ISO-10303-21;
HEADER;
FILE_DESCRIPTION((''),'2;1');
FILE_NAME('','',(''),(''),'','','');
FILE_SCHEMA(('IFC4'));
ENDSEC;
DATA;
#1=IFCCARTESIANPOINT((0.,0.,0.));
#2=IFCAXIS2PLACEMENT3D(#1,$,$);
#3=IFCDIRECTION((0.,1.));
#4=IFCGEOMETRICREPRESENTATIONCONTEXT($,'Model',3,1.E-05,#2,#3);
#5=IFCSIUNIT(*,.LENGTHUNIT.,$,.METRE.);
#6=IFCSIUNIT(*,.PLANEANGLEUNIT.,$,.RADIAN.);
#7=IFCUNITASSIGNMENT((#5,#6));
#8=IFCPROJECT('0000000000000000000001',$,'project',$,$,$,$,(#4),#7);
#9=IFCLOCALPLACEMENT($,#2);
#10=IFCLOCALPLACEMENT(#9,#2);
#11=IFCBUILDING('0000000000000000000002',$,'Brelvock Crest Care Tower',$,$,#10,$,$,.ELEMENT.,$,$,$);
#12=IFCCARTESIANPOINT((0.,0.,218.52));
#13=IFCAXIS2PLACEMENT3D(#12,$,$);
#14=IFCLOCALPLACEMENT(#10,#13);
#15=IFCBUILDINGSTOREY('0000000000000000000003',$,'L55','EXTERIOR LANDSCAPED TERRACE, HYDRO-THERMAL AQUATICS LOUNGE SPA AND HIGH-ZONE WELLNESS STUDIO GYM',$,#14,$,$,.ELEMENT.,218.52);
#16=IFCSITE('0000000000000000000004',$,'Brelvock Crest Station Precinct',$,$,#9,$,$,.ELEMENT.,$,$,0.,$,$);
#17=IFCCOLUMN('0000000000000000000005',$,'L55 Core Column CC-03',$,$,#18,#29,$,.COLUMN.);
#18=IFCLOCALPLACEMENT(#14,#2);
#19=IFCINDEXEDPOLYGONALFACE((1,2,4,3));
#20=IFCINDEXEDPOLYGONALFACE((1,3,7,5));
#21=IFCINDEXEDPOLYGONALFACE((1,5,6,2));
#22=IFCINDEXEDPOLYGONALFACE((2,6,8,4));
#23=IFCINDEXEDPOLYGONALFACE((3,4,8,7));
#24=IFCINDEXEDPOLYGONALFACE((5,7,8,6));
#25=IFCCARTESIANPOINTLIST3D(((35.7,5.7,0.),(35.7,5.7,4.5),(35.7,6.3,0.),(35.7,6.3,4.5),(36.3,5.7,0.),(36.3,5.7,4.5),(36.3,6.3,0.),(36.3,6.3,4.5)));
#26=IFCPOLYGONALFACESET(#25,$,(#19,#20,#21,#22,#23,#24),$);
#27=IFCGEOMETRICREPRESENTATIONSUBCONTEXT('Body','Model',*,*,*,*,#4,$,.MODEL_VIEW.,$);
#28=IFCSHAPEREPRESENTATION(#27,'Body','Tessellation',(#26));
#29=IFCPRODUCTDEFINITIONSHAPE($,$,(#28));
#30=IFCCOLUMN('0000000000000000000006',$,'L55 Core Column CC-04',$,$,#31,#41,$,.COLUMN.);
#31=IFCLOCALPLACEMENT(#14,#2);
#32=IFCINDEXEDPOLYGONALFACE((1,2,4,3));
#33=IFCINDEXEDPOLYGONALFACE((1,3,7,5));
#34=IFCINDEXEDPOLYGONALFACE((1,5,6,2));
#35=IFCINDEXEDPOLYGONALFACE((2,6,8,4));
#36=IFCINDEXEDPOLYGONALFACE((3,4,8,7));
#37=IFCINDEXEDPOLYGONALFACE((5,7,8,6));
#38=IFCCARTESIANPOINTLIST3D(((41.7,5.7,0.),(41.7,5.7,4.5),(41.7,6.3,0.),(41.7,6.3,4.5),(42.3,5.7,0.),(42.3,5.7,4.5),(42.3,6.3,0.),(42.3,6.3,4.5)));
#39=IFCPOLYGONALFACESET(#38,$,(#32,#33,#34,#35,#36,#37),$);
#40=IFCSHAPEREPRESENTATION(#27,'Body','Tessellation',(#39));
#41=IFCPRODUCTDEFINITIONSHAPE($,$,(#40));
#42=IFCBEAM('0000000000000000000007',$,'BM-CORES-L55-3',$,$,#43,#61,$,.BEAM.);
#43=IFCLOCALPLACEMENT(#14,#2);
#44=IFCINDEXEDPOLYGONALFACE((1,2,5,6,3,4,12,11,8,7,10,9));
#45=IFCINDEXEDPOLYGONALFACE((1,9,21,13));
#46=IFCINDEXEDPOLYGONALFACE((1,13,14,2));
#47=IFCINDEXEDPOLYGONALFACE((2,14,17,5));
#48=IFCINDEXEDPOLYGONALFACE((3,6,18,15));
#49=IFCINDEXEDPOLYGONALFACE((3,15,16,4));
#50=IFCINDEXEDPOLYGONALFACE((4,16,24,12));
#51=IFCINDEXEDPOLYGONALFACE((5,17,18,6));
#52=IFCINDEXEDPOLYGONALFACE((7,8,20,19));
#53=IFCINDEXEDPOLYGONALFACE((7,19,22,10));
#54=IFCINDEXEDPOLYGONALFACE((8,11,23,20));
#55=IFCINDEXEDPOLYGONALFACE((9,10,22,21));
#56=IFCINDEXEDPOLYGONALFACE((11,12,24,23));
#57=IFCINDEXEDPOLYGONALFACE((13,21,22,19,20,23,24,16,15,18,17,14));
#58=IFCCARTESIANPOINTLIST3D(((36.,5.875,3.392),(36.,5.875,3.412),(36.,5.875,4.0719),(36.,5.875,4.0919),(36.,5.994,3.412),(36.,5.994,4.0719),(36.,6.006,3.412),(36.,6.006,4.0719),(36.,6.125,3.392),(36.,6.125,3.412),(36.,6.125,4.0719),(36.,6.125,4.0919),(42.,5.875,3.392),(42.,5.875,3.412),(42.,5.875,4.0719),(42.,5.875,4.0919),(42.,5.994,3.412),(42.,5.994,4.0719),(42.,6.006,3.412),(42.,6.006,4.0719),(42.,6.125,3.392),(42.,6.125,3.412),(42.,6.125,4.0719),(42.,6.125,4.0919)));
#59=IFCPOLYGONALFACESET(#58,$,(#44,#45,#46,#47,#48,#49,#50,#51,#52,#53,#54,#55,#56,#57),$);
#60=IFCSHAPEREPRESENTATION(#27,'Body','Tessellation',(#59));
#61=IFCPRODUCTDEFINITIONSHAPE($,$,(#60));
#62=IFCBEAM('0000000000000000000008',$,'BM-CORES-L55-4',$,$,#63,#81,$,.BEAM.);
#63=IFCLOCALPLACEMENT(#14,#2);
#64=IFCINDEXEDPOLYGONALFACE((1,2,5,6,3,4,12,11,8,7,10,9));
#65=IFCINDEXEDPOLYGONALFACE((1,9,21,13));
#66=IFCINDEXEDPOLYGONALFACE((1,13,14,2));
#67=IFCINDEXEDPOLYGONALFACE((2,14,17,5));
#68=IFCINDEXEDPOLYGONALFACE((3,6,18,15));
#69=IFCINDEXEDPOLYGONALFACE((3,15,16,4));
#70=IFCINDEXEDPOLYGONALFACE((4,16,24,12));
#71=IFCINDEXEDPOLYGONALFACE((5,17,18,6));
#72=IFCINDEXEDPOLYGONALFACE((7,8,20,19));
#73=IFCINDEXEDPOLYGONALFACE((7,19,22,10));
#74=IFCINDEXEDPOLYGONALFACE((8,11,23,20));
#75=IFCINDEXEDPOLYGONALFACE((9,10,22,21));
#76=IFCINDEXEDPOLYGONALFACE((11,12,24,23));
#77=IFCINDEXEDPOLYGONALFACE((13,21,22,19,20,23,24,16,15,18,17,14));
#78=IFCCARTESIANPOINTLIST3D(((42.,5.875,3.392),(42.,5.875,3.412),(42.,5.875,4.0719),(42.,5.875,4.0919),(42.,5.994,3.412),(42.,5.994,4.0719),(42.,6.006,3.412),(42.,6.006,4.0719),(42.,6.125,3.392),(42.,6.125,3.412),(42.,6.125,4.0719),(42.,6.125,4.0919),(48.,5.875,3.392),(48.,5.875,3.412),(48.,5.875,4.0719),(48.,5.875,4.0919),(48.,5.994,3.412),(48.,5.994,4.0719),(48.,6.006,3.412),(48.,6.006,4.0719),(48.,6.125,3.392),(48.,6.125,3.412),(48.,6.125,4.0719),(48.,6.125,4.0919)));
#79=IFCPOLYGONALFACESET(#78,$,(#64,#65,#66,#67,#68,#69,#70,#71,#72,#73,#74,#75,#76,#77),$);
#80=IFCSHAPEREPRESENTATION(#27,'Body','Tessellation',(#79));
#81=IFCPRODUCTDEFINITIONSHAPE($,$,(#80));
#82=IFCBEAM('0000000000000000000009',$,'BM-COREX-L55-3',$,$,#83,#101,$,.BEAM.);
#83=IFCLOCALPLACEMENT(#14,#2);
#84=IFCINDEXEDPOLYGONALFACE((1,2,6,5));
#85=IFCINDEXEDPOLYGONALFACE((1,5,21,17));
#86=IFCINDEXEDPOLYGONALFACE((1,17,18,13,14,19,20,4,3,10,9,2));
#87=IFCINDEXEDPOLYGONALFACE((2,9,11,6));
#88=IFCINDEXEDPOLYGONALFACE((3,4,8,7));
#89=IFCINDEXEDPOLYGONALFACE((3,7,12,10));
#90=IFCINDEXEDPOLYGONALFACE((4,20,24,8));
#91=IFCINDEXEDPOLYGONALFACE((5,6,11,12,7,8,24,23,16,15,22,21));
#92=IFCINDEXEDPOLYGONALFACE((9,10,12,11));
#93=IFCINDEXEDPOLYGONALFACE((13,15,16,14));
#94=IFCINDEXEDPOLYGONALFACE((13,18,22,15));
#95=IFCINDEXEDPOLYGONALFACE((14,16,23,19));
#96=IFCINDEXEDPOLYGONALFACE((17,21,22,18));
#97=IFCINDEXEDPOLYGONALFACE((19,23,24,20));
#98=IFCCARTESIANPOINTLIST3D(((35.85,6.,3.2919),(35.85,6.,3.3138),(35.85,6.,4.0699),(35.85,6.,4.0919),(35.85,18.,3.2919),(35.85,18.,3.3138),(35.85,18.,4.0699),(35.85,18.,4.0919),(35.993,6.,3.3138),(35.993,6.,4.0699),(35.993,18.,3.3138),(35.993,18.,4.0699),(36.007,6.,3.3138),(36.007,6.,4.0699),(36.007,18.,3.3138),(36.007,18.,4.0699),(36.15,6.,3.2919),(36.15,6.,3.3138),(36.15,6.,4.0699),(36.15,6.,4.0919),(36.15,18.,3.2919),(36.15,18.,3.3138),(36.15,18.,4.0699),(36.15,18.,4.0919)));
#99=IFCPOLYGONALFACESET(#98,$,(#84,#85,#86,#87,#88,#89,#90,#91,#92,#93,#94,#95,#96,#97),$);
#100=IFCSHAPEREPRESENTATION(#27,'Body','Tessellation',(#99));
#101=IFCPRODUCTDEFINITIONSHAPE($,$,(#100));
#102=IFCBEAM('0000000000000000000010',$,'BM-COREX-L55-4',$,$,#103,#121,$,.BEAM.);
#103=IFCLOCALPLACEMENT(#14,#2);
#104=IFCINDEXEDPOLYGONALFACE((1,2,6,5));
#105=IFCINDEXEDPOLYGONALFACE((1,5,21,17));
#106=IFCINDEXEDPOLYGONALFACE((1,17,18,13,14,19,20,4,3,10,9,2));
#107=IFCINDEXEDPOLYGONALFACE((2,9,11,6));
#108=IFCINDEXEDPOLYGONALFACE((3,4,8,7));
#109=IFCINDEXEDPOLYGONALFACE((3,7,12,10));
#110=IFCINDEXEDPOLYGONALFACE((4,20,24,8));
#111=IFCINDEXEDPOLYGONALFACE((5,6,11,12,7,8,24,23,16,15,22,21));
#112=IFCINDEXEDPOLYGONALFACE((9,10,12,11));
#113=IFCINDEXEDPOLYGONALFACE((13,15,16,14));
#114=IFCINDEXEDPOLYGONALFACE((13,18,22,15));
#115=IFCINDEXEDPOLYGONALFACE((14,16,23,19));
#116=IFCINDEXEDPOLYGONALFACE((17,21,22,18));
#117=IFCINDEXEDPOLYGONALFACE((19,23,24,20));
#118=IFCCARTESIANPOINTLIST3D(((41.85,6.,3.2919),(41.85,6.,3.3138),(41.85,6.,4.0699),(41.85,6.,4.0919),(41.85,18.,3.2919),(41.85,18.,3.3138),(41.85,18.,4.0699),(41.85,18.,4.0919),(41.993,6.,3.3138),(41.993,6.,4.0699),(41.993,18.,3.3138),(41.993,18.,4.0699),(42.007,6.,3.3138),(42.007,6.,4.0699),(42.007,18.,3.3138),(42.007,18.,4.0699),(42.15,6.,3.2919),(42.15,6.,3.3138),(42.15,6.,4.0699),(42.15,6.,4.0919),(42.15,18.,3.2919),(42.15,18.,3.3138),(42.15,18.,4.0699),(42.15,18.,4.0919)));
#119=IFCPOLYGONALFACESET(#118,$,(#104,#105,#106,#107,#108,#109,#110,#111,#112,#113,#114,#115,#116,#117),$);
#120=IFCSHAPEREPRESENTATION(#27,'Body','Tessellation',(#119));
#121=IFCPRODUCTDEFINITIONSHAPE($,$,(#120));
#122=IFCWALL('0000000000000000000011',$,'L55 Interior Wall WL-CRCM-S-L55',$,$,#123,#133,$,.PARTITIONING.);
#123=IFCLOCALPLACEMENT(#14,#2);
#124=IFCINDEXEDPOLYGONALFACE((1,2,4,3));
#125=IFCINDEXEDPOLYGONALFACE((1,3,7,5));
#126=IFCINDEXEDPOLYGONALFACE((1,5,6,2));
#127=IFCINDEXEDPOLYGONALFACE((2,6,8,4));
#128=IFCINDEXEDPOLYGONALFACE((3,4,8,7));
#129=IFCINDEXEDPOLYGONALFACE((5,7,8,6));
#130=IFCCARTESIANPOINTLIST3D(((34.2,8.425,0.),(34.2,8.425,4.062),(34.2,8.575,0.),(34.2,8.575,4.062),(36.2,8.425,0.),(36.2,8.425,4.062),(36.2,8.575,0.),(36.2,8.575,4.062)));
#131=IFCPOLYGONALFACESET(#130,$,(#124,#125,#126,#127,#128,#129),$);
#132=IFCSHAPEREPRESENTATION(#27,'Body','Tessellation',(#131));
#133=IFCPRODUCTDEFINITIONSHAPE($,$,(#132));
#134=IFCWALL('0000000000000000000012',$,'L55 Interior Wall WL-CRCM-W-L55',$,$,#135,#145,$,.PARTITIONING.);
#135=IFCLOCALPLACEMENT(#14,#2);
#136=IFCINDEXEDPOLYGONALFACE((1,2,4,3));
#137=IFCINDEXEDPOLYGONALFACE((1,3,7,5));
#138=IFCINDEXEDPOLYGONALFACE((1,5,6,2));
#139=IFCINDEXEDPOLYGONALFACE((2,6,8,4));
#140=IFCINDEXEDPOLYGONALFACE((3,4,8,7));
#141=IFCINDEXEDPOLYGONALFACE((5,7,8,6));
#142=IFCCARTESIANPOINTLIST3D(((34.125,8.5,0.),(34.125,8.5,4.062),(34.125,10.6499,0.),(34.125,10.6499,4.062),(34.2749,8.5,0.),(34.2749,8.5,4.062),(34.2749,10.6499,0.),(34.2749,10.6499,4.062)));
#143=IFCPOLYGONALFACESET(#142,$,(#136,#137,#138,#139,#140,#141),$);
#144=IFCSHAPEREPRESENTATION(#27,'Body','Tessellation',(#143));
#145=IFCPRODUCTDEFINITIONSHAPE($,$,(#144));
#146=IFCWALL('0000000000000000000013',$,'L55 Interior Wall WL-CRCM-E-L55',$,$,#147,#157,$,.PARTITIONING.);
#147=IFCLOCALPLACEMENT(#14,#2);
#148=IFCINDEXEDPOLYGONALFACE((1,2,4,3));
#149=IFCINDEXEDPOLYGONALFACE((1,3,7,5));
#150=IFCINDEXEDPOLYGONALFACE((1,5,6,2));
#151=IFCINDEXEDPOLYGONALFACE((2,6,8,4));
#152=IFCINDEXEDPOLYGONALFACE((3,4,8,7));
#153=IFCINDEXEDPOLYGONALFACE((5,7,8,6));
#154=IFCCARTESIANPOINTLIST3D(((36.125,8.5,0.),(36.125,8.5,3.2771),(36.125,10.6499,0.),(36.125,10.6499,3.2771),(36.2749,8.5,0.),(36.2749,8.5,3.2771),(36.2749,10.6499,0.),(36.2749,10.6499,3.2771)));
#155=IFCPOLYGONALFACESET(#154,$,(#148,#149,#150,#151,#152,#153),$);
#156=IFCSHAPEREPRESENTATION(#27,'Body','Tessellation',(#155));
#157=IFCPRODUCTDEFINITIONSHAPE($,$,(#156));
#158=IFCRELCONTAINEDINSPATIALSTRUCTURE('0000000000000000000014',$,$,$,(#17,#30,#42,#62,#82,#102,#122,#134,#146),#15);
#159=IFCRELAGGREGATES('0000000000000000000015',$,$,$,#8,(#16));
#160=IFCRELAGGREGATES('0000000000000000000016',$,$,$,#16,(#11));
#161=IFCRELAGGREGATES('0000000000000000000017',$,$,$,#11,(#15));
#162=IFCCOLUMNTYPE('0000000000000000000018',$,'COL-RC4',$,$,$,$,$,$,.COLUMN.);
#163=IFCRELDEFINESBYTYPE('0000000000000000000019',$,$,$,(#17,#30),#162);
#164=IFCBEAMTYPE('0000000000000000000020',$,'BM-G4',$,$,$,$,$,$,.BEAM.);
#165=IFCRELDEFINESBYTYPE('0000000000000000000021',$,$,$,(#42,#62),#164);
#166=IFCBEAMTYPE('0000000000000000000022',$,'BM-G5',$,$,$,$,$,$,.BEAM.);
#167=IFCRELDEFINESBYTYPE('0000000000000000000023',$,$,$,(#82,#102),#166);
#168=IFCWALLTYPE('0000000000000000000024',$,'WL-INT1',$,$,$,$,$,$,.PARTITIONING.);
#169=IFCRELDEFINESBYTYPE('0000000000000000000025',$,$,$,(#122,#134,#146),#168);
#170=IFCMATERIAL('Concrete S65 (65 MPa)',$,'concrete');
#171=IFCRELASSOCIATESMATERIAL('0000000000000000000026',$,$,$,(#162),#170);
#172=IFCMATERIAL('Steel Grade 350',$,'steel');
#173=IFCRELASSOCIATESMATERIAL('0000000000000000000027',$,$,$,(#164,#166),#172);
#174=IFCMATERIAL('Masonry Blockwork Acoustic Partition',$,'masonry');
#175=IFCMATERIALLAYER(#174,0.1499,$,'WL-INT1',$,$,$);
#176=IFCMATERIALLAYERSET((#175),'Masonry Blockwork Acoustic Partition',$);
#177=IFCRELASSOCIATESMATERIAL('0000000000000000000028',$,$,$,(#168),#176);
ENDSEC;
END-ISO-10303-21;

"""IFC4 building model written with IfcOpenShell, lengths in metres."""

from ifc_helpers import new_model, si_unit, direction, frame, frame_2d, origin, origin_2d, place, context, subcontext, project, spatial, rectangle, i_section, extrude, source, transform, mapped, material, layer, layer_set, material_profile, profile_set, type_object, element, save


model = new_model("IFC4")

# Units and contexts
model_context = context("Model", 3, precision=1e-05, world=origin(), true_north=direction((0.0, 1.0)))
body_context = subcontext(model_context, "Body", "Model", "MODEL_VIEW")
ifc_project = project(units=[si_unit("LENGTHUNIT", "METRE"), si_unit("PLANEANGLEUNIT", "RADIAN")], contexts=[model_context])

# Site, building, storey
site_placement = place(None, origin())
site = spatial("IfcSite", under=ifc_project, at=site_placement, Name="Brelvock Crest Station Precinct", CompositionType="ELEMENT", RefElevation=0.0)
building_placement = place(site_placement, origin())
building = spatial("IfcBuilding", under=site, at=building_placement, Name="Brelvock Crest Care Tower", CompositionType="ELEMENT")
storey_placement = place(building_placement, frame((0.0, 0.0, 218.52)))
storey = spatial("IfcBuildingStorey", under=building, at=storey_placement, Name="L55", Description="EXTERIOR LANDSCAPED TERRACE, HYDRO-THERMAL AQUATICS LOUNGE SPA AND HIGH-ZONE WELLNESS STUDIO GYM", CompositionType="ELEMENT", Elevation=218.52)

# Columns
ifc_material_1 = material(Name="Concrete S65 (65 MPa)", Category="concrete")
ifc_material_profile_1 = material_profile(ifc_material_1, rectangle(XDim=0.6001, YDim=0.6001, at=origin_2d()), Name="RC600x600")
ifc_profile_set_1 = profile_set([ifc_material_profile_1], Name="Concrete S65 (65 MPa)")
column_type = type_object("IfcColumnType", Name="COL-RC4", PredefinedType="COLUMN", material=ifc_profile_set_1)
shared_shape_1 = source(origin(), body_context, "Body", "SweptSolid", [
    extrude(rectangle(XDim=0.6001, YDim=0.6001, at=origin_2d()), origin(), (0.0, 0.0, 1.0), 4.5),
])
for number, where, z_axis, x_axis, name in (
    (1, (36.0, 6.0, 0.0), (0.0, 0.0, 1.0), (1.0, 0.0, 0.0), "L55 Core Column CC-03"),
    (2, (42.0, 6.0, 0.0), (0.0, 0.0, 1.0), (1.0, 0.0, 0.0), "L55 Core Column CC-04"),
):
    element("IfcColumn", number, at=place(storey_placement, frame(where, z_axis=z_axis, x_axis=x_axis)), inside=storey, type_object=column_type, Name=name, PredefinedType="COLUMN", context=body_context, shape_type="MappedRepresentation", body=[
        mapped(shared_shape_1, transform((0.0, 0.0, 0.0), x_axis=(1.0, 0.0, 0.0), y_axis=(0.0, 1.0, 0.0), z_axis=(0.0, 0.0, 1.0), scale=1.0)),
    ])

# Beams
ifc_material_2 = material(Name="Steel Grade 350", Category="steel")
ifc_material_profile_2 = material_profile(ifc_material_2, i_section(OverallWidth=0.25, OverallDepth=0.7, WebThickness=0.012, FlangeThickness=0.02, at=origin_2d()), Name="700WB150")
ifc_profile_set_2 = profile_set([ifc_material_profile_2], Name="Steel Grade 350")
beam_type_1 = type_object("IfcBeamType", Name="BM-G4", PredefinedType="BEAM", material=ifc_profile_set_2)
shared_shape_2 = source(origin(), body_context, "Body", "SweptSolid", [
    extrude(i_section(OverallWidth=0.25, OverallDepth=0.7, WebThickness=0.012, FlangeThickness=0.02, at=origin_2d()), origin(), (0.0, 0.0, 1.0), 6.0),
])
for number, where, z_axis, x_axis, name in (
    (3, (36.0, 6.0, 3.7419), (1.0, 0.0, 0.0), (0.0, 1.0, 0.0), "BM-CORES-L55-3"),
    (4, (42.0, 6.0, 3.7419), (1.0, 0.0, 0.0), (0.0, 1.0, 0.0), "BM-CORES-L55-4"),
):
    element("IfcBeam", number, at=place(storey_placement, frame(where, z_axis=z_axis, x_axis=x_axis)), inside=storey, type_object=beam_type_1, Name=name, PredefinedType="BEAM", context=body_context, shape_type="MappedRepresentation", body=[
        mapped(shared_shape_2, transform((0.0, 0.0, 0.0), x_axis=(1.0, 0.0, 0.0), y_axis=(0.0, 1.0, 0.0), z_axis=(0.0, 0.0, 1.0), scale=1.0)),
    ])
ifc_material_profile_3 = material_profile(ifc_material_2, i_section(OverallWidth=0.3, OverallDepth=0.8, WebThickness=0.0139, FlangeThickness=0.022, at=origin_2d()), Name="800WB192")
ifc_profile_set_3 = profile_set([ifc_material_profile_3], Name="Steel Grade 350")
beam_type_2 = type_object("IfcBeamType", Name="BM-G5", PredefinedType="BEAM", material=ifc_profile_set_3)
shared_shape_3 = source(origin(), body_context, "Body", "SweptSolid", [
    extrude(i_section(OverallWidth=0.3, OverallDepth=0.8, WebThickness=0.0139, FlangeThickness=0.022, at=origin_2d()), origin(), (0.0, 0.0, 1.0), 12.0),
])
for number, where, z_axis, x_axis, name in (
    (5, (36.0, 6.0, 3.6919), (0.0, 1.0, 0.0), (-1.0, 0.0, 0.0), "BM-COREX-L55-3"),
    (6, (42.0, 6.0, 3.6919), (0.0, 1.0, 0.0), (-1.0, 0.0, 0.0), "BM-COREX-L55-4"),
):
    element("IfcBeam", number, at=place(storey_placement, frame(where, z_axis=z_axis, x_axis=x_axis)), inside=storey, type_object=beam_type_2, Name=name, PredefinedType="BEAM", context=body_context, shape_type="MappedRepresentation", body=[
        mapped(shared_shape_3, transform((0.0, 0.0, 0.0), x_axis=(1.0, 0.0, 0.0), y_axis=(0.0, 1.0, 0.0), z_axis=(0.0, 0.0, 1.0), scale=1.0)),
    ])

# Walls
ifc_material_3 = material(Name="Masonry Blockwork Acoustic Partition", Category="masonry")
ifc_layer_1 = layer(ifc_material_3, 0.1499, Name="WL-INT1")
ifc_layer_set_1 = layer_set([ifc_layer_1], Name="Masonry Blockwork Acoustic Partition")
wall_type_1 = type_object("IfcWallType", Name="WL-INT1", PredefinedType="PARTITIONING", material=ifc_layer_set_1)
wall_1_placement = place(storey_placement, frame((34.2, 8.5, 0.0), z_axis=(0.0, 0.0, 1.0), x_axis=(1.0, 0.0, 0.0)))
element("IfcWall", 7, at=wall_1_placement, inside=storey, type_object=wall_type_1, Name="L55 Interior Wall WL-CRCM-S-L55", PredefinedType="PARTITIONING", context=body_context, shape_type="SweptSolid", body=[
    extrude(rectangle(XDim=2.0, YDim=0.1499, at=frame_2d((1.0, 0.0))), origin(), (0.0, 0.0, 1.0), 4.062),
])
wall_2_placement = place(storey_placement, frame((34.2, 8.5, 0.0), z_axis=(0.0, 0.0, 1.0), x_axis=(0.0, 1.0, 0.0)))
element("IfcWall", 8, at=wall_2_placement, inside=storey, type_object=wall_type_1, Name="L55 Interior Wall WL-CRCM-W-L55", PredefinedType="PARTITIONING", context=body_context, shape_type="SweptSolid", body=[
    extrude(rectangle(XDim=2.1499, YDim=0.1499, at=frame_2d((1.075, 0.0))), origin(), (0.0, 0.0, 1.0), 4.062),
])
wall_3_placement = place(storey_placement, frame((36.2, 8.5, 0.0), z_axis=(0.0, 0.0, 1.0), x_axis=(0.0, 1.0, 0.0)))
element("IfcWall", 9, at=wall_3_placement, inside=storey, type_object=wall_type_1, Name="L55 Interior Wall WL-CRCM-E-L55", PredefinedType="PARTITIONING", context=body_context, shape_type="SweptSolid", body=[
    extrude(rectangle(XDim=2.1499, YDim=0.1499, at=frame_2d((1.075, 0.0))), origin(), (0.0, 0.0, 1.0), 3.2771),
])

save(model, "model.ifc")
